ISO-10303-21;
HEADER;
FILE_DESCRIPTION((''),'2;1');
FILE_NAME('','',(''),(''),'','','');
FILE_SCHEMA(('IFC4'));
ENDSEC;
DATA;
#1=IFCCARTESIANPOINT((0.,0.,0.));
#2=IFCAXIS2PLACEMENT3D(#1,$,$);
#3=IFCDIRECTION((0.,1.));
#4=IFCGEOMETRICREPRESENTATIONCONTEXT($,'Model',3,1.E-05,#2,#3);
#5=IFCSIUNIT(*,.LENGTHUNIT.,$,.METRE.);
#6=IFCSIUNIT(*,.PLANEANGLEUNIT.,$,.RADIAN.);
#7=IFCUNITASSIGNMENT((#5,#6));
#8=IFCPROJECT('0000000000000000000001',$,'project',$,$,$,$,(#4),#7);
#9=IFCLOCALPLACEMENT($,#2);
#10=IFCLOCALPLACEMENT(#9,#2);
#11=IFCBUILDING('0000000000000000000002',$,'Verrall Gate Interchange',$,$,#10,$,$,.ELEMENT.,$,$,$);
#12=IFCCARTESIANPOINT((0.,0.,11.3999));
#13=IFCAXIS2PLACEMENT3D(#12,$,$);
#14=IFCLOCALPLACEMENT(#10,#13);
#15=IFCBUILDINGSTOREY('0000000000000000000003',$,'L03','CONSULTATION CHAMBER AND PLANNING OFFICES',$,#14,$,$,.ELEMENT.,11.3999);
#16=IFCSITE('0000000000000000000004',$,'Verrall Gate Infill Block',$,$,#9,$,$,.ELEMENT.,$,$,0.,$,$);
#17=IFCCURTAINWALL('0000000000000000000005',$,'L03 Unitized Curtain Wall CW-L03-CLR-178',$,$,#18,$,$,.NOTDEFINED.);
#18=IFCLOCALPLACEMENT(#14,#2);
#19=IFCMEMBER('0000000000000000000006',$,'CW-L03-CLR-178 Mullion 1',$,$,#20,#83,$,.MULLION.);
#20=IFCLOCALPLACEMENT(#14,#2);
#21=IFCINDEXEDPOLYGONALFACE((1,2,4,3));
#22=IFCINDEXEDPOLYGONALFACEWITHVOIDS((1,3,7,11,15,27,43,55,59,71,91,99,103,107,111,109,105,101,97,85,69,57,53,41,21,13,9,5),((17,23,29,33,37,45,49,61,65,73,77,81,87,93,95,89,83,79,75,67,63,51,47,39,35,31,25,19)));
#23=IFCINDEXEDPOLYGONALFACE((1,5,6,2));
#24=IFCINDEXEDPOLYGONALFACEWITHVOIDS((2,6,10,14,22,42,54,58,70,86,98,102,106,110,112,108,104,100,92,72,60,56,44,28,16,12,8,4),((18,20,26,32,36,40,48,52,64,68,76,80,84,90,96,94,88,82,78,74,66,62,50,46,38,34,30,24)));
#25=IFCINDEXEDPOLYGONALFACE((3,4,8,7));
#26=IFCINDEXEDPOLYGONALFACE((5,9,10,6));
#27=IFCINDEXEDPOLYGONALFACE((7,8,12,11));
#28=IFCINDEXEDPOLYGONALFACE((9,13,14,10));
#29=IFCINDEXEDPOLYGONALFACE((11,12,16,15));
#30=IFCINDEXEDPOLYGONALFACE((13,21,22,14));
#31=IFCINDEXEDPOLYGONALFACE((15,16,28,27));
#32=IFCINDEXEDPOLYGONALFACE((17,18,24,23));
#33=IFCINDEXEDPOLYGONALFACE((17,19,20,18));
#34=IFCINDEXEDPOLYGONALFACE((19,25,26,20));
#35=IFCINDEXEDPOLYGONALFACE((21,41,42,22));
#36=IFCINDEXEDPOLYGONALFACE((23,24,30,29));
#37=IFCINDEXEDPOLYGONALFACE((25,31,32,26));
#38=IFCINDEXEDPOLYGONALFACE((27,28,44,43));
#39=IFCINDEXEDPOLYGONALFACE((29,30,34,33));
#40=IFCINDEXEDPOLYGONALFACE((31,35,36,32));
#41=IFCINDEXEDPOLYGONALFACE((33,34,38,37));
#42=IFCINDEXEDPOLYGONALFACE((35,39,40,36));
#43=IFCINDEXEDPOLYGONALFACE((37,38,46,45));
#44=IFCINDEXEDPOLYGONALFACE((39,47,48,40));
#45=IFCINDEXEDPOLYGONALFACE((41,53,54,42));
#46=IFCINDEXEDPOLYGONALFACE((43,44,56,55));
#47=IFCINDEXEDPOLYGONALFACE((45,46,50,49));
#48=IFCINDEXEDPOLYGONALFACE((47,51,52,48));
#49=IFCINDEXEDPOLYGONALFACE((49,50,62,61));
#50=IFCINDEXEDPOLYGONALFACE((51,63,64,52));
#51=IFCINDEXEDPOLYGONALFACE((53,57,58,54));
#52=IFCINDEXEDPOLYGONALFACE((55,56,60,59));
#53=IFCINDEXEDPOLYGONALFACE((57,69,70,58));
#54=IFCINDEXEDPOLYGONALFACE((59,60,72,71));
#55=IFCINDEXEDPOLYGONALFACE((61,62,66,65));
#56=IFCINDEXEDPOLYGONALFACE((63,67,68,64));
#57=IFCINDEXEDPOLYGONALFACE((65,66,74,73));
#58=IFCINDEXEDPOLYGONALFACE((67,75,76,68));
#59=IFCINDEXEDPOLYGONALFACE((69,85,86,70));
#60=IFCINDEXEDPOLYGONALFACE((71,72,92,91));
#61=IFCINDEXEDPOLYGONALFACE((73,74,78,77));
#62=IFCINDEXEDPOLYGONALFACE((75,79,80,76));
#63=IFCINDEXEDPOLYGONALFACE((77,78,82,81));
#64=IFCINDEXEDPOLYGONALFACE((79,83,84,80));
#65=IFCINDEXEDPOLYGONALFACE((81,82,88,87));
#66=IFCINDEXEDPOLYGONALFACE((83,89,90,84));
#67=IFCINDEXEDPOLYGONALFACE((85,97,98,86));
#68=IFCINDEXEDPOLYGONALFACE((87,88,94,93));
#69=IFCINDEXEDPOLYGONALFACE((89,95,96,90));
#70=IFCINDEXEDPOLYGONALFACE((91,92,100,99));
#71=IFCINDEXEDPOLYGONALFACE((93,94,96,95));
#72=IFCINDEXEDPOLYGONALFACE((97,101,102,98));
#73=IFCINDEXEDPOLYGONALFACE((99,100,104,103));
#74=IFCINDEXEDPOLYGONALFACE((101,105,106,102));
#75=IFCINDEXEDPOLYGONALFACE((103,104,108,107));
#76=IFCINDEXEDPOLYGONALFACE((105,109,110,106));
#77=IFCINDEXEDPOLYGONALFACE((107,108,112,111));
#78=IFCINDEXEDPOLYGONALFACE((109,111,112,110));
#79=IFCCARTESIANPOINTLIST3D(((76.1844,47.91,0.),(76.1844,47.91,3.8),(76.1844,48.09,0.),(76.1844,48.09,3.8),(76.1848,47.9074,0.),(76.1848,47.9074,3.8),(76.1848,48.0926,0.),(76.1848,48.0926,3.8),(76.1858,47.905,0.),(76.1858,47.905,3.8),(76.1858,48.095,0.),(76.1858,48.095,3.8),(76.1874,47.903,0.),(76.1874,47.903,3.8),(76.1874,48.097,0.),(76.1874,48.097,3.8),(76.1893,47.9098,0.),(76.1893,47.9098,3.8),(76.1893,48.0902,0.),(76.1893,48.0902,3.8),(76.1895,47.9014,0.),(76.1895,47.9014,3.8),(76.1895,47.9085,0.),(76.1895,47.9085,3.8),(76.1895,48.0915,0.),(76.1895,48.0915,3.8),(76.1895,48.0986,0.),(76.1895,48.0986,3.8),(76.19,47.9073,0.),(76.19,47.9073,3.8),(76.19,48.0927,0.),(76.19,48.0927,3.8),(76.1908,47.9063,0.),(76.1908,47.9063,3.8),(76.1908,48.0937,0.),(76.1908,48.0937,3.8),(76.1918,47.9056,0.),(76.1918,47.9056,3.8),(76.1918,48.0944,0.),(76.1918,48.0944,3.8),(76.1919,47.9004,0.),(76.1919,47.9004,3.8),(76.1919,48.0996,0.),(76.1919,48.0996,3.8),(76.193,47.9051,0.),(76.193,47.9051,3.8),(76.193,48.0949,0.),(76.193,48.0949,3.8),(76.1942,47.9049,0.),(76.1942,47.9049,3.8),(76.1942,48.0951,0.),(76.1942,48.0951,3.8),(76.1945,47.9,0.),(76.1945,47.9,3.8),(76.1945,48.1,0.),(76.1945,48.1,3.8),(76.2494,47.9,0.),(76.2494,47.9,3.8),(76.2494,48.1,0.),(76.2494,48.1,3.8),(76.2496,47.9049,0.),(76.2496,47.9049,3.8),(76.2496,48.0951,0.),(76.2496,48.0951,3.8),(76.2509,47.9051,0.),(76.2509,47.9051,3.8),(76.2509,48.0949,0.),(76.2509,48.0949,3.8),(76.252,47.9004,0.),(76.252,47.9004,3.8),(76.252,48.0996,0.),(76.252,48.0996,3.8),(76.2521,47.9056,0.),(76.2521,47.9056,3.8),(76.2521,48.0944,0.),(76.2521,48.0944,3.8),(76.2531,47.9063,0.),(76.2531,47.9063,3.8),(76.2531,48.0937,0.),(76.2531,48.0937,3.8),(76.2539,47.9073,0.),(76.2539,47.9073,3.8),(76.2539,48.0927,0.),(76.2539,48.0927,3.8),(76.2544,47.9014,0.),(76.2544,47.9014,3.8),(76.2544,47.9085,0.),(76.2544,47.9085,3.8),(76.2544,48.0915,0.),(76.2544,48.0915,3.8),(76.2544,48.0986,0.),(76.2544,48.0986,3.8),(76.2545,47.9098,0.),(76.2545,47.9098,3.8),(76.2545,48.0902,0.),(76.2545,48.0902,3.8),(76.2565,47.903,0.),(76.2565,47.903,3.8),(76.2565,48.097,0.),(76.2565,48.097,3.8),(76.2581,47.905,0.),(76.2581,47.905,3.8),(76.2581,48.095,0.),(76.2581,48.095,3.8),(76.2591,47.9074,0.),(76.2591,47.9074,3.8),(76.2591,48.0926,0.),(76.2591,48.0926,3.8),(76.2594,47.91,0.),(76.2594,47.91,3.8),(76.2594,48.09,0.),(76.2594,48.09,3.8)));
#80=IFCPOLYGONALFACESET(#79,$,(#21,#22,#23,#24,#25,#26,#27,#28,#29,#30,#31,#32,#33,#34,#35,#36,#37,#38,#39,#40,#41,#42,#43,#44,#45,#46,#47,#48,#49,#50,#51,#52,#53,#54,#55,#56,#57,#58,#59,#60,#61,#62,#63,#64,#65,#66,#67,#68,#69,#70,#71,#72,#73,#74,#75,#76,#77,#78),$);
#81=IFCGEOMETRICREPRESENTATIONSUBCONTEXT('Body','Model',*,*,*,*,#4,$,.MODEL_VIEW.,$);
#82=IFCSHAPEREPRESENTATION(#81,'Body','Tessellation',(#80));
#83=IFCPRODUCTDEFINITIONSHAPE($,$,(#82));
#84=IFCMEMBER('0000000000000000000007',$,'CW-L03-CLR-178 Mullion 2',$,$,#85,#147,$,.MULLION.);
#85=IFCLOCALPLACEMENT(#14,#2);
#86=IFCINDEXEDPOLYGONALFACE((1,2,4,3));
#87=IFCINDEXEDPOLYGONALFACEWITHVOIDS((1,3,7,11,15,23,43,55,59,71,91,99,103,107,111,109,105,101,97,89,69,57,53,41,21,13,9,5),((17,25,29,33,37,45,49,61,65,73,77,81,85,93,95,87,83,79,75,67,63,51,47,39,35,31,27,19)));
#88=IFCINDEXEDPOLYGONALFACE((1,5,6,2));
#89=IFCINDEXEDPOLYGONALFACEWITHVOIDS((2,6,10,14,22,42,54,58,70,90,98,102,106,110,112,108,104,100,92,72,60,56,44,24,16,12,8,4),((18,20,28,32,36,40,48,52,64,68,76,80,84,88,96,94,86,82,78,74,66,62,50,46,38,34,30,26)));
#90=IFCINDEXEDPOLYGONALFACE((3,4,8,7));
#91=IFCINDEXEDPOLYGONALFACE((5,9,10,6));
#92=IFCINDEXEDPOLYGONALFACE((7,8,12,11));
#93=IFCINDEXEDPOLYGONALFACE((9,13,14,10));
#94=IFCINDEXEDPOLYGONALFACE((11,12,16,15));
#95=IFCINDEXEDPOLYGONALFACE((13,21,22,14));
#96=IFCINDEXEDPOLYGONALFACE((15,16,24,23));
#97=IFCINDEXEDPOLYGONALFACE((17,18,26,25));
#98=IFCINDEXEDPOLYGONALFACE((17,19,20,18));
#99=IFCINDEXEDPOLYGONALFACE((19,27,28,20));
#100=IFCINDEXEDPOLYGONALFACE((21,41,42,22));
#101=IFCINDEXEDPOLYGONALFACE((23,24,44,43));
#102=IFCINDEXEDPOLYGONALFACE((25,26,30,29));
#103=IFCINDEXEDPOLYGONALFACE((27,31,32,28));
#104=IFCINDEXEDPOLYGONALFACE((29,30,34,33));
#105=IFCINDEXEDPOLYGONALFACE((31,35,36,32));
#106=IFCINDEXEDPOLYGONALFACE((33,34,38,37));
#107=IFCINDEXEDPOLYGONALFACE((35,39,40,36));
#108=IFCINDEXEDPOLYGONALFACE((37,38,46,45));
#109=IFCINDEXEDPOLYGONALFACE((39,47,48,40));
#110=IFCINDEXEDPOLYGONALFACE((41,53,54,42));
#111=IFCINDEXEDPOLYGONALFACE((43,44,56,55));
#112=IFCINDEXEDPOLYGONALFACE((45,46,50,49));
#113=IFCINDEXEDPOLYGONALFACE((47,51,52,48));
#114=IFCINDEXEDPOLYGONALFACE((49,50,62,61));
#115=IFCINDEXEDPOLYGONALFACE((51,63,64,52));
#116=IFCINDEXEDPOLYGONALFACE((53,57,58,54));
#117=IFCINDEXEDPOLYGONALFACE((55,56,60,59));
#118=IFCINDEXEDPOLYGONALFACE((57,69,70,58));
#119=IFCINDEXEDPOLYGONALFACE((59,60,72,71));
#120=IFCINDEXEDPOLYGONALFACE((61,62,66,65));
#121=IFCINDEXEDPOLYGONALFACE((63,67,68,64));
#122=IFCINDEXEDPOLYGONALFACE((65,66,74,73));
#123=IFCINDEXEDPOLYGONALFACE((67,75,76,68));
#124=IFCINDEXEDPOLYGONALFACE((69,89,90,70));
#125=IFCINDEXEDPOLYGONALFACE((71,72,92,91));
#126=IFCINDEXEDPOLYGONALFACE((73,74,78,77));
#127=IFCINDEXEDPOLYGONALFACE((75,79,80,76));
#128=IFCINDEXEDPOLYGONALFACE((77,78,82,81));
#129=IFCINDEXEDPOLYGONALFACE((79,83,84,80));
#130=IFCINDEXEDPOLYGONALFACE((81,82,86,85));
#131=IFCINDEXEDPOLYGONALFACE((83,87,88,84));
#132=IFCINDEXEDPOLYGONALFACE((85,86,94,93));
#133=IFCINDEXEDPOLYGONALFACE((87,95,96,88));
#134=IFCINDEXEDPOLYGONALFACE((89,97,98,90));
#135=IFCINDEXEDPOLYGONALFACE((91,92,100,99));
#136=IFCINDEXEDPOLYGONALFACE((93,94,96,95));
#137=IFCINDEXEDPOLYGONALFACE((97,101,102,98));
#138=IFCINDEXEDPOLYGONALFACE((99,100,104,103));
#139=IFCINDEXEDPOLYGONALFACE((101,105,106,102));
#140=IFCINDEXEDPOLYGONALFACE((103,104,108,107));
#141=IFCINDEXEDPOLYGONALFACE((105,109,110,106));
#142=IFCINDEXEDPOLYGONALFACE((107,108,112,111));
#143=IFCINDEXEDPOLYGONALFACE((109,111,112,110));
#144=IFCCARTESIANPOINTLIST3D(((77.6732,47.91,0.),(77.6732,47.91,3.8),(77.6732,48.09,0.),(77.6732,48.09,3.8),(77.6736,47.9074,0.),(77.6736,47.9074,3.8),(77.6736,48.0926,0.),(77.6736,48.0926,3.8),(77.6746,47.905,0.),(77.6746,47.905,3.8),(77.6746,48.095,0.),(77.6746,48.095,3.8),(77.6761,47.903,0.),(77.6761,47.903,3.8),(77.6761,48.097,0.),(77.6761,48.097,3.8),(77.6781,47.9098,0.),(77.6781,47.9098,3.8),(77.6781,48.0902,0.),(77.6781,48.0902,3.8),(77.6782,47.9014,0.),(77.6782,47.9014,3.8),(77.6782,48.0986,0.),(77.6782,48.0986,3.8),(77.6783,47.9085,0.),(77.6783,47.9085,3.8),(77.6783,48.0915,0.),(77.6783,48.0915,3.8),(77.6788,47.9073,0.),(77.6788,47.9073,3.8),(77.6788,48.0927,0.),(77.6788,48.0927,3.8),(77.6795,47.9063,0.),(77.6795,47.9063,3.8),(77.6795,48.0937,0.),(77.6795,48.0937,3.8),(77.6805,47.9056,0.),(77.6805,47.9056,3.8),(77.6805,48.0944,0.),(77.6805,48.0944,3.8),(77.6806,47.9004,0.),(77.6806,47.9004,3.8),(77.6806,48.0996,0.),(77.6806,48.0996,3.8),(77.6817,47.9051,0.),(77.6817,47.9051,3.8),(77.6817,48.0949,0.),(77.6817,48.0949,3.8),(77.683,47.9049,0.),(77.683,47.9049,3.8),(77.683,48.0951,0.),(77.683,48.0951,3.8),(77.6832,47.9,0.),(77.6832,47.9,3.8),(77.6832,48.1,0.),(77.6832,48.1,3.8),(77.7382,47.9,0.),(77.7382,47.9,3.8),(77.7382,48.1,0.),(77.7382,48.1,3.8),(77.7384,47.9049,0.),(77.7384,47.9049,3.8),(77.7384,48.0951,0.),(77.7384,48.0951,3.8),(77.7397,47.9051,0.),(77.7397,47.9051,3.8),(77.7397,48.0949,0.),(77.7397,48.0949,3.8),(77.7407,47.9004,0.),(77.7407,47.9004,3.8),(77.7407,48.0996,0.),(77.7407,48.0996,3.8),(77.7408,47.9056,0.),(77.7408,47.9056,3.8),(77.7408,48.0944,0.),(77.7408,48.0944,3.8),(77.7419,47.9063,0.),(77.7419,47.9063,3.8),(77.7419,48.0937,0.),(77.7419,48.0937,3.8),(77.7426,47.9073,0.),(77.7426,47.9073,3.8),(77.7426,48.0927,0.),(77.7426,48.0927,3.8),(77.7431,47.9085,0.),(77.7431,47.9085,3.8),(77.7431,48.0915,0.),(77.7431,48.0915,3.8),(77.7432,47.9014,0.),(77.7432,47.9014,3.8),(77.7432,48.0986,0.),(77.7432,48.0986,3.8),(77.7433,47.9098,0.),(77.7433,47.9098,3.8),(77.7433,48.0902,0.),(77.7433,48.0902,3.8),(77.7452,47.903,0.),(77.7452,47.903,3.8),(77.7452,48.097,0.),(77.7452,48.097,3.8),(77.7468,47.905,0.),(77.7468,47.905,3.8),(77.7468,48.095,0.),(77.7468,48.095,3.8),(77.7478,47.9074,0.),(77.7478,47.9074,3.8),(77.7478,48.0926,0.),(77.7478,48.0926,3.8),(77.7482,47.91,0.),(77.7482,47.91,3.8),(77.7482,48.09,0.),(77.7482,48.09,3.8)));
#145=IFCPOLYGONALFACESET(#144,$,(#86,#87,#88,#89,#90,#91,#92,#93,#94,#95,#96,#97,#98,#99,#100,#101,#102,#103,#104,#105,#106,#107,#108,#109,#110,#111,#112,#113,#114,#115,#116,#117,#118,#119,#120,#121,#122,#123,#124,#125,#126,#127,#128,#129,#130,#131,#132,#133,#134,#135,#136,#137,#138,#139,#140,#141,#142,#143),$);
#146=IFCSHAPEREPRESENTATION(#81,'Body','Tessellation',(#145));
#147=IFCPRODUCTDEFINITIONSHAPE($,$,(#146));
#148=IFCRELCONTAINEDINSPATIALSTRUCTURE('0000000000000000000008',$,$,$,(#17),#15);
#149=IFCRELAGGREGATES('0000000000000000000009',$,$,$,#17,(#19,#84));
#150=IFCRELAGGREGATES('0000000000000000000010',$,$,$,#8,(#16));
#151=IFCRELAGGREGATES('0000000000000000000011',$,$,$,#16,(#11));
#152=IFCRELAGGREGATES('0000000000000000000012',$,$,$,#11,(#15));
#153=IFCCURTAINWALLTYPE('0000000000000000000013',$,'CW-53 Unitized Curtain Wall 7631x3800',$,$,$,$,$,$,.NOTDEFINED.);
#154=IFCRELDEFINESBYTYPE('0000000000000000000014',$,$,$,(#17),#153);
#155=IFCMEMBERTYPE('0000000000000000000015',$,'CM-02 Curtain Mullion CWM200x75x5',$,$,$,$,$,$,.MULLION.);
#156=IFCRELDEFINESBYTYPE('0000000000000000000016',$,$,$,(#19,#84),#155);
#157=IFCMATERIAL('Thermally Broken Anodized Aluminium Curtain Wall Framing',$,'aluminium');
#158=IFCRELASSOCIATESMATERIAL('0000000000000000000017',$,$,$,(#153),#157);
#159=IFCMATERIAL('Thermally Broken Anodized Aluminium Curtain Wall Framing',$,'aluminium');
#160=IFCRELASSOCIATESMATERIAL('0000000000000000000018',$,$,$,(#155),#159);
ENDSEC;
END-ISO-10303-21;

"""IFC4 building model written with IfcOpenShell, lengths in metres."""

from ifc_helpers import new_model, si_unit, direction, frame, origin, origin_2d, place, context, subcontext, project, spatial, hollow_rectangle, extrude, material, material_profile, profile_set, type_object, element, aggregate, save


model = new_model("IFC4")

# Units and contexts
model_context = context("Model", 3, precision=1e-05, world=origin(), true_north=direction((0.0, 1.0)))
body_context = subcontext(model_context, "Body", "Model", "MODEL_VIEW")
ifc_project = project(units=[si_unit("LENGTHUNIT", "METRE"), si_unit("PLANEANGLEUNIT", "RADIAN")], contexts=[model_context])

# Site, building, storey
site_placement = place(None, origin())
site = spatial("IfcSite", under=ifc_project, at=site_placement, Name="Verrall Gate Infill Block", CompositionType="ELEMENT", RefElevation=0.0)
building_placement = place(site_placement, origin())
building = spatial("IfcBuilding", under=site, at=building_placement, Name="Verrall Gate Interchange", CompositionType="ELEMENT")
storey_placement = place(building_placement, frame((0.0, 0.0, 11.3999)))
storey = spatial("IfcBuildingStorey", under=building, at=storey_placement, Name="L03", Description="CONSULTATION CHAMBER AND PLANNING OFFICES", CompositionType="ELEMENT", Elevation=11.3999)

# Shared definitions
ifc_material_1 = material(Name="Thermally Broken Anodized Aluminium Curtain Wall Framing", Category="aluminium")
curtain_wall_type = type_object("IfcCurtainWallType", Name="CW-53 Unitized Curtain Wall 7631x3800", PredefinedType="NOTDEFINED", material=ifc_material_1)
ifc_material_2 = material(Name="Thermally Broken Anodized Aluminium Curtain Wall Framing", Category="aluminium")
ifc_material_profile_1 = material_profile(ifc_material_2, hollow_rectangle(XDim=0.075, YDim=0.2, WallThickness=0.0049, InnerFilletRadius=0.0049, OuterFilletRadius=0.01, at=origin_2d()), Name="CWM200x75x5")
ifc_profile_set_1 = profile_set([ifc_material_profile_1], Name="Thermally Broken Anodized Aluminium Curtain Wall Framing")
member_type_1 = type_object("IfcMemberType", Name="CM-02 Curtain Mullion CWM200x75x5", PredefinedType="MULLION", material=ifc_profile_set_1)

# Curtain wall, members
curtain_wall_1_placement = place(storey_placement, origin())
curtain_wall_1 = element("IfcCurtainWall", 1, at=curtain_wall_1_placement, inside=storey, type_object=curtain_wall_type, Name="L03 Unitized Curtain Wall CW-L03-CLR-178", PredefinedType="NOTDEFINED")
member_1_placement = place(storey_placement, frame((76.2219, 48.0, 0.0), z_axis=(0.0, 0.0, 1.0), x_axis=(1.0, 0.0, 0.0)))
member_1 = element("IfcMember", 2, at=member_1_placement, type_object=member_type_1, Name="CW-L03-CLR-178 Mullion 1", PredefinedType="MULLION", context=body_context, shape_type="SweptSolid", body=[
    extrude(hollow_rectangle(XDim=0.075, YDim=0.2, WallThickness=0.0049, InnerFilletRadius=0.0049, OuterFilletRadius=0.01, at=origin_2d()), origin(), (0.0, 0.0, 1.0), 3.8),
])
member_2_placement = place(storey_placement, frame((77.7107, 48.0, 0.0), z_axis=(0.0, 0.0, 1.0), x_axis=(1.0, 0.0, 0.0)))
member_2 = element("IfcMember", 3, at=member_2_placement, type_object=member_type_1, Name="CW-L03-CLR-178 Mullion 2", PredefinedType="MULLION", context=body_context, shape_type="SweptSolid", body=[
    extrude(hollow_rectangle(XDim=0.075, YDim=0.2, WallThickness=0.0049, InnerFilletRadius=0.0049, OuterFilletRadius=0.01, at=origin_2d()), origin(), (0.0, 0.0, 1.0), 3.8),
])

aggregate(curtain_wall_1, [member_1, member_2])

save(model, "model.ifc")
